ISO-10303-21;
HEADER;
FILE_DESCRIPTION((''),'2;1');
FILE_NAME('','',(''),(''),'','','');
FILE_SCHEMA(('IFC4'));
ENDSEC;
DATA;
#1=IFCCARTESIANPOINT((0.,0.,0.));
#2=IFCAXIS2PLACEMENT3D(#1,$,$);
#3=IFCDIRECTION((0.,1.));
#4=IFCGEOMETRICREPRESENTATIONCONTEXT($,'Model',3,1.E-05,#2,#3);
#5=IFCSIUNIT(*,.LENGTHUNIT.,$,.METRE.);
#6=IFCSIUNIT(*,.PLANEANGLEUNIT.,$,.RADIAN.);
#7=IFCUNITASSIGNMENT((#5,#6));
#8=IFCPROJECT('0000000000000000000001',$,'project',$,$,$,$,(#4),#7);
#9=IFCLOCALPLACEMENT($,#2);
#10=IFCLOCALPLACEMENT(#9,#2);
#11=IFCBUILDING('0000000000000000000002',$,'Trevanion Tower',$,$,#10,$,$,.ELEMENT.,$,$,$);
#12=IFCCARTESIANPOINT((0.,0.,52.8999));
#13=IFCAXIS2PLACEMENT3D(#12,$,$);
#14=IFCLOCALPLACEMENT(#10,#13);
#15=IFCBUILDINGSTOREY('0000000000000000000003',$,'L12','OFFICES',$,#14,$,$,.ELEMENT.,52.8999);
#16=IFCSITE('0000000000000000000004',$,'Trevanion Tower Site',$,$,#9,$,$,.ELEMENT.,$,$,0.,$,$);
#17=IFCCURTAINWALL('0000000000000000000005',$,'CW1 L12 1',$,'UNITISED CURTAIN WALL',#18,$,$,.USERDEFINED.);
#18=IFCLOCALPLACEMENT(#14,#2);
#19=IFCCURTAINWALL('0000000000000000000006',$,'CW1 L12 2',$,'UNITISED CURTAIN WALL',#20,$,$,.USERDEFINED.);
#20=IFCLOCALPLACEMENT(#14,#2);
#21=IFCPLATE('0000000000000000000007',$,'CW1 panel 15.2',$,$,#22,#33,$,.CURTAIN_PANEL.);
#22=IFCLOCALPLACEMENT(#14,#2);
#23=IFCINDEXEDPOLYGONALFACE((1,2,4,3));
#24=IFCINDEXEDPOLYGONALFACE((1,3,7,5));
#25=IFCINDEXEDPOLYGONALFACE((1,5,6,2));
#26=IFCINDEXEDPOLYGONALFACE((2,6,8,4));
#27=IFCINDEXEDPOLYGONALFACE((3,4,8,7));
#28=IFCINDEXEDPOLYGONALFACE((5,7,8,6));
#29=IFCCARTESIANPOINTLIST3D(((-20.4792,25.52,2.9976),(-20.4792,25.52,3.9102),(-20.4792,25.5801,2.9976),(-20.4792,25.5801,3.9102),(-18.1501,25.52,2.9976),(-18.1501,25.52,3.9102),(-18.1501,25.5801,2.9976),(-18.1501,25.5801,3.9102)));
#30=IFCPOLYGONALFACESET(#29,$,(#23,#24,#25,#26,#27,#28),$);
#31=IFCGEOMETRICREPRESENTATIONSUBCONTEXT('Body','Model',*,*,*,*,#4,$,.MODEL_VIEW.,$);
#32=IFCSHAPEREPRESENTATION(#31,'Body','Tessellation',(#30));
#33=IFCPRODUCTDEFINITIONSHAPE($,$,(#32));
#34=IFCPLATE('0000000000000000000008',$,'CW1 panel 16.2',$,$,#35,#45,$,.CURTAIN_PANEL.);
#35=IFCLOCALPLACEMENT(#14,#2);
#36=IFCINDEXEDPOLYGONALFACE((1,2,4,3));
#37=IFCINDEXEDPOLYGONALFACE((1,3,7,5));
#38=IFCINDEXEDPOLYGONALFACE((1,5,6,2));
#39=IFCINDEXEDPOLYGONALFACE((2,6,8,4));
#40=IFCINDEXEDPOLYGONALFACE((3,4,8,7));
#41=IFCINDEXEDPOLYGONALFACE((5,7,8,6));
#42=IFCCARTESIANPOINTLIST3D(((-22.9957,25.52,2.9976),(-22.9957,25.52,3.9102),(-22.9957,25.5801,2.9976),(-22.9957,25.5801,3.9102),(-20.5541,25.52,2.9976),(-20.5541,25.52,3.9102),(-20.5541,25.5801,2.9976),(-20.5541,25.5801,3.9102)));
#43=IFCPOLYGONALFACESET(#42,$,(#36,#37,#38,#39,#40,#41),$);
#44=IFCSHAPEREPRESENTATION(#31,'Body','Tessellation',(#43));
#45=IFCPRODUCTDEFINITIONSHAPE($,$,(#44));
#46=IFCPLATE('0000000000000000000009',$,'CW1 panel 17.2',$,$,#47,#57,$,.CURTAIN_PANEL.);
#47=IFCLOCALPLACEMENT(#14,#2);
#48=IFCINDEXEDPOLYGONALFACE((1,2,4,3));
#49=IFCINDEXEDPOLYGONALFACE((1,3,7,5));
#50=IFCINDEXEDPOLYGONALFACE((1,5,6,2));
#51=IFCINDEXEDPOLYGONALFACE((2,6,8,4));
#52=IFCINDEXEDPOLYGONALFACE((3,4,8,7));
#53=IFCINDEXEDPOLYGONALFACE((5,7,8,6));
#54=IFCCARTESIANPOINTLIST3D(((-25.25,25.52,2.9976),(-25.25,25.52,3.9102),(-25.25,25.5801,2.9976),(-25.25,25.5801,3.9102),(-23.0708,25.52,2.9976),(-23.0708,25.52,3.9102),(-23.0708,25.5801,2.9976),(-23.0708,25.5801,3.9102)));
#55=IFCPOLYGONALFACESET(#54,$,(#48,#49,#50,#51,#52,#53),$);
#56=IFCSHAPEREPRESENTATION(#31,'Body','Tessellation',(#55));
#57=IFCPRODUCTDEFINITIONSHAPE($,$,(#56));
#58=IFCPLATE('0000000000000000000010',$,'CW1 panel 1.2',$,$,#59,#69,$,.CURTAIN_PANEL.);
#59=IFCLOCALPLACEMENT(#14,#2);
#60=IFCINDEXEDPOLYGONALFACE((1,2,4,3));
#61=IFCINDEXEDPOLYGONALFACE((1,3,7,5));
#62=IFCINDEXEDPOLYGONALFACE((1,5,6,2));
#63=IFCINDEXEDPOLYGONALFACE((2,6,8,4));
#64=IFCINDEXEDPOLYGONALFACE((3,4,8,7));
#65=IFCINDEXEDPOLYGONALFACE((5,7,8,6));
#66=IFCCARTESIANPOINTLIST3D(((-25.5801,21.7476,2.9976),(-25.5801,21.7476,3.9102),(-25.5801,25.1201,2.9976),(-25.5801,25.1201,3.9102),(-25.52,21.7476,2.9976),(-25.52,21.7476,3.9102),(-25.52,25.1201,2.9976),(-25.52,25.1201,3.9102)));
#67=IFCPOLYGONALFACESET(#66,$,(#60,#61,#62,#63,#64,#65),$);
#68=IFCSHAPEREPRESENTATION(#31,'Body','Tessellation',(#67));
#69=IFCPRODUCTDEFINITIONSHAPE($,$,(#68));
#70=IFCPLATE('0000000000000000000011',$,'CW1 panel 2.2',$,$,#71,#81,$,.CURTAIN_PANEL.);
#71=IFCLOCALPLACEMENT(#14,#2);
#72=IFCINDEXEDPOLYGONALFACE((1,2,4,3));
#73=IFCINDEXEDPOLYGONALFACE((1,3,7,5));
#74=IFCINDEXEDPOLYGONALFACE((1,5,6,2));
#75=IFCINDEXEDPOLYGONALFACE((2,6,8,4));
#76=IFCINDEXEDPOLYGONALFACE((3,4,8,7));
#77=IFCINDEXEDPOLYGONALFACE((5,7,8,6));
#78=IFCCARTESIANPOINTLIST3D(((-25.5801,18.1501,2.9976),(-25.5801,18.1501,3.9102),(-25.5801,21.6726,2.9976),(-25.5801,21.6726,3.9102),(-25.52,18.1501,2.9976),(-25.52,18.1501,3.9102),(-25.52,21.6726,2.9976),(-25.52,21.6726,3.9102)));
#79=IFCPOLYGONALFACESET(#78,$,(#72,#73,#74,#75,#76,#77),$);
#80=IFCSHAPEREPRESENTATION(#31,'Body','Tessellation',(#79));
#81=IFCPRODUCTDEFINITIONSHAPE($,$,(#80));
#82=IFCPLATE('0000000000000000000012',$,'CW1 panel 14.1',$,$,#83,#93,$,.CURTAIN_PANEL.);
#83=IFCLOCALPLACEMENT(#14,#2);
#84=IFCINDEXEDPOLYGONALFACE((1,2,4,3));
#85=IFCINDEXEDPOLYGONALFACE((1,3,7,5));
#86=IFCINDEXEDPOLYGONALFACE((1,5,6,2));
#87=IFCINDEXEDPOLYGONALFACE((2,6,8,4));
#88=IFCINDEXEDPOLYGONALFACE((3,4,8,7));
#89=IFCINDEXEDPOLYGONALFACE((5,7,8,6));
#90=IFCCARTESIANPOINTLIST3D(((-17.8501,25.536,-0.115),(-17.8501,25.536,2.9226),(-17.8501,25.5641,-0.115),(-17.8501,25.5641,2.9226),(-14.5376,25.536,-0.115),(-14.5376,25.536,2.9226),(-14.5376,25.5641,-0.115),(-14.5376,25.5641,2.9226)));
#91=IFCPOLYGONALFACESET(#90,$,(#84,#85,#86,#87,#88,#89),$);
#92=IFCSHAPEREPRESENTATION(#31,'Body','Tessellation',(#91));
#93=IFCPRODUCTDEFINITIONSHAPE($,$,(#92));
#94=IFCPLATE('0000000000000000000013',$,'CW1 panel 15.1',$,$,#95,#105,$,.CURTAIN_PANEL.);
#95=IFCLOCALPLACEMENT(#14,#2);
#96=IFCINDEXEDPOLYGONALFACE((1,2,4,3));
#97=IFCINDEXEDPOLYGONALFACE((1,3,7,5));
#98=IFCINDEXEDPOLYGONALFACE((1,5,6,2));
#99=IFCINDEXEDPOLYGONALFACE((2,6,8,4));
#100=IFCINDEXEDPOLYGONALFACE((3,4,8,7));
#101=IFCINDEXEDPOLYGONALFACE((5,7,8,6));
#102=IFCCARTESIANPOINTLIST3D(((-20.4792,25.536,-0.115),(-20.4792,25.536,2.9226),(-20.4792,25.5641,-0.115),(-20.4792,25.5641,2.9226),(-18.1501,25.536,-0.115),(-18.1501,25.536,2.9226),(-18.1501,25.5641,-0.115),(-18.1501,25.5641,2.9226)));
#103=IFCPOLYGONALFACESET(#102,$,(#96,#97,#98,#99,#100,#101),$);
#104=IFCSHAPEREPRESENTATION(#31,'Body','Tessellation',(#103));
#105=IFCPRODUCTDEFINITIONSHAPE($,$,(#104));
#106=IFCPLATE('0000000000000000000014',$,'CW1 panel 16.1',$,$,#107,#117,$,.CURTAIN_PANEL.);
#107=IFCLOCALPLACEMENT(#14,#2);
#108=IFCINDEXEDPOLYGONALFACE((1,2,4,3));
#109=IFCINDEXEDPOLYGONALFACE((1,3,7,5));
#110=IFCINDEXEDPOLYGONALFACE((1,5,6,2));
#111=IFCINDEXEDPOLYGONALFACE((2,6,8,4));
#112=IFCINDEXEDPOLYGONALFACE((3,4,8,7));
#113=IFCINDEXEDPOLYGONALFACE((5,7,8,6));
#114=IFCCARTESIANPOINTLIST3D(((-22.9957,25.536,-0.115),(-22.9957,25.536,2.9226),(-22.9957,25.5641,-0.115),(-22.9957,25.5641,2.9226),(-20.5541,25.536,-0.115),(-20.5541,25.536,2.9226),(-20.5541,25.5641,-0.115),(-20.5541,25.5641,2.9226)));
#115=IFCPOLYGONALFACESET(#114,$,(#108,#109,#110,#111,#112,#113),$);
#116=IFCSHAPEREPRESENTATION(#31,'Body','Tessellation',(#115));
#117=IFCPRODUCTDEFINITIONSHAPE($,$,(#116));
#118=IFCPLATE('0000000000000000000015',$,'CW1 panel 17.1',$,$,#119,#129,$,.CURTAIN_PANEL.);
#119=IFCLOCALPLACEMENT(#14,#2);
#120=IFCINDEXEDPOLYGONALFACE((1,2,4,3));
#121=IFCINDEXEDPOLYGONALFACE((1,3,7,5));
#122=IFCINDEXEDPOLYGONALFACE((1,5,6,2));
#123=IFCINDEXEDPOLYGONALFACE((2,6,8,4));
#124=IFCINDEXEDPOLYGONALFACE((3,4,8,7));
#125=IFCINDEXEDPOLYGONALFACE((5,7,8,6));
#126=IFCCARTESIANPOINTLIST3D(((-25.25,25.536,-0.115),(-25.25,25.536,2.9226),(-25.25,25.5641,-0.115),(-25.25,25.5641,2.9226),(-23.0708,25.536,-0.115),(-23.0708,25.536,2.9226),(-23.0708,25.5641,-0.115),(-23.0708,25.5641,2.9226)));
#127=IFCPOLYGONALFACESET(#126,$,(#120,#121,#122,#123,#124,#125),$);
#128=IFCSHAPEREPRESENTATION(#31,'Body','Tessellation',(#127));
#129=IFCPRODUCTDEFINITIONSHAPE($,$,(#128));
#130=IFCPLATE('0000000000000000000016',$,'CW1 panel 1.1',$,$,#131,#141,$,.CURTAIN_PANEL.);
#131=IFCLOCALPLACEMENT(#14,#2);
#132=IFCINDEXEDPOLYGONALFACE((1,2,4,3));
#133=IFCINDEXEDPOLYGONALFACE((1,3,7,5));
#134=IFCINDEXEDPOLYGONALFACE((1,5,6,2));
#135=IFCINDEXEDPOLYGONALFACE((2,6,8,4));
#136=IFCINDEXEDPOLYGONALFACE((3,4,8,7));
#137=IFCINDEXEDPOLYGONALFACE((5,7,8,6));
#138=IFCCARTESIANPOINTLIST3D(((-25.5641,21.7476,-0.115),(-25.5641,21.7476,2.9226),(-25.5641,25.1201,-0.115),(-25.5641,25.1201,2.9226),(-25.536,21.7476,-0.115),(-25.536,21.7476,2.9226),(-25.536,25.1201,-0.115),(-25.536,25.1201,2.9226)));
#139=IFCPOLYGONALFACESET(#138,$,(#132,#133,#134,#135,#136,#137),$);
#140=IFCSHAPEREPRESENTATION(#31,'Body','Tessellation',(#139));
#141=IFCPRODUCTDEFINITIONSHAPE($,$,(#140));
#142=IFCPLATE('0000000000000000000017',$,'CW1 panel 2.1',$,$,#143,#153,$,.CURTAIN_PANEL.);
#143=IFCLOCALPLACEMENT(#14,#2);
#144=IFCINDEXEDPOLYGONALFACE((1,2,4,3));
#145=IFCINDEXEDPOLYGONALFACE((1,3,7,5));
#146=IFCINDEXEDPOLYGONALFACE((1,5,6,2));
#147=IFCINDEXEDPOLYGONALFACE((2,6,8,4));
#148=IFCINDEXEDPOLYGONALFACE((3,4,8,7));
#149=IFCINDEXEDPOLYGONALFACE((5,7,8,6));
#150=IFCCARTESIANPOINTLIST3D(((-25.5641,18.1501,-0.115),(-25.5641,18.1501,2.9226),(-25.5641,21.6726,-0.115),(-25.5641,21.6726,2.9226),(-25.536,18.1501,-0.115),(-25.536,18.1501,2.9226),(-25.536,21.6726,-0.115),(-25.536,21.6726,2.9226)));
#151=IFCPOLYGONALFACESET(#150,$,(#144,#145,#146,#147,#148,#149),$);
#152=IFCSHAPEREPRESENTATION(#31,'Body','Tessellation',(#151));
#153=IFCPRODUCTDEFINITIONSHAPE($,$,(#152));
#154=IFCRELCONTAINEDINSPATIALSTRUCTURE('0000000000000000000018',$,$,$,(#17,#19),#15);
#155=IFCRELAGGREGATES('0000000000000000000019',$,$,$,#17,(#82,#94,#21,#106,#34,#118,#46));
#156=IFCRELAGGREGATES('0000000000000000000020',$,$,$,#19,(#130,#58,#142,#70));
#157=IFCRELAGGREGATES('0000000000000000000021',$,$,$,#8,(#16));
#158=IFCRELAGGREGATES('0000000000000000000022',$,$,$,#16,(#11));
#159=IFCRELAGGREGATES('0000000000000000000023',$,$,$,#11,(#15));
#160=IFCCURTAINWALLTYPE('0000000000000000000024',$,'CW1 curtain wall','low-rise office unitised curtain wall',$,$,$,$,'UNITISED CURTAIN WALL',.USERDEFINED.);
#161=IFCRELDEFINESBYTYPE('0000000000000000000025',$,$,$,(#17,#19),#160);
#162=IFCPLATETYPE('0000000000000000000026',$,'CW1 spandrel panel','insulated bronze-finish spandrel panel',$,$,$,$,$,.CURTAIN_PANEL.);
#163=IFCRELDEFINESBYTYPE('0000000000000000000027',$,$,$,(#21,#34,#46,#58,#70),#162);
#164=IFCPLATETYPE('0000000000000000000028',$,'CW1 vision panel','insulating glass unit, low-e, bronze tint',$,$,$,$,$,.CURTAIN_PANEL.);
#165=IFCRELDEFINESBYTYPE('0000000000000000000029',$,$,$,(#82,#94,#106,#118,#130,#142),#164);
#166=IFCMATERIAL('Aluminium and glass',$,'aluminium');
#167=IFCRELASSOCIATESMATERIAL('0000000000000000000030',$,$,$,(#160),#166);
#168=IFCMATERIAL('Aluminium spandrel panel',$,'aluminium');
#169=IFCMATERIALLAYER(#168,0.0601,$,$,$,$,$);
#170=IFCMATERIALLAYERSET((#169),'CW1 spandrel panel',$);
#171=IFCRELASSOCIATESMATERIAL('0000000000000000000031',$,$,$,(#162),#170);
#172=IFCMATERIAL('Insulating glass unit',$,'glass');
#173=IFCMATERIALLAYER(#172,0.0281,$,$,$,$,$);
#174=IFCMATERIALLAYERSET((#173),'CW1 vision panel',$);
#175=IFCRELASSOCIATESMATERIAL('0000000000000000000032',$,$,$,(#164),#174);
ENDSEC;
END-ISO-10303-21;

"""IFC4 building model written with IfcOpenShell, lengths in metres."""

from ifc_helpers import new_model, si_unit, direction, frame, origin, origin_2d, place, context, subcontext, project, spatial, rectangle, extrude, material, layer, layer_set, type_object, element, aggregate, save


model = new_model("IFC4")

# Units and contexts
model_context = context("Model", 3, precision=1e-05, world=origin(), true_north=direction((0.0, 1.0)))
body_context = subcontext(model_context, "Body", "Model", "MODEL_VIEW")
ifc_project = project(units=[si_unit("LENGTHUNIT", "METRE"), si_unit("PLANEANGLEUNIT", "RADIAN")], contexts=[model_context])

# Site, building, storey
site_placement = place(None, origin())
site = spatial("IfcSite", under=ifc_project, at=site_placement, Name="Trevanion Tower Site", CompositionType="ELEMENT", RefElevation=0.0)
building_placement = place(site_placement, origin())
building = spatial("IfcBuilding", under=site, at=building_placement, Name="Trevanion Tower", CompositionType="ELEMENT")
storey_placement = place(building_placement, frame((0.0, 0.0, 52.8999)))
storey = spatial("IfcBuildingStorey", under=building, at=storey_placement, Name="L12", Description="OFFICES", CompositionType="ELEMENT", Elevation=52.8999)

# Curtain wall
ifc_material_1 = material(Name="Aluminium and glass", Category="aluminium")
curtain_wall_type = type_object("IfcCurtainWallType", Name="CW1 curtain wall", Description="low-rise office unitised curtain wall", ElementType="UNITISED CURTAIN WALL", PredefinedType="USERDEFINED", material=ifc_material_1)
curtain_wall_1_placement = place(storey_placement, origin())
curtain_wall_1 = element("IfcCurtainWall", 1, at=curtain_wall_1_placement, inside=storey, type_object=curtain_wall_type, Name="CW1 L12 1", ObjectType="UNITISED CURTAIN WALL", PredefinedType="USERDEFINED")

# Curtain wall
curtain_wall_2_placement = place(storey_placement, origin())
curtain_wall_2 = element("IfcCurtainWall", 2, at=curtain_wall_2_placement, inside=storey, type_object=curtain_wall_type, Name="CW1 L12 2", ObjectType="UNITISED CURTAIN WALL", PredefinedType="USERDEFINED")

# Plates
ifc_material_2 = material(Name="Aluminium spandrel panel", Category="aluminium")
ifc_layer_1 = layer(ifc_material_2, 0.0601)
ifc_layer_set_1 = layer_set([ifc_layer_1], Name="CW1 spandrel panel")
plate_type_1 = type_object("IfcPlateType", Name="CW1 spandrel panel", Description="insulated bronze-finish spandrel panel", PredefinedType="CURTAIN_PANEL", material=ifc_layer_set_1)
plate_1_placement = place(storey_placement, frame((-19.3147, 25.55, 2.9976), z_axis=(0.0, 0.0, 1.0), x_axis=(-1.0, 0.0, 0.0)))
plate_1 = element("IfcPlate", 3, at=plate_1_placement, type_object=plate_type_1, Name="CW1 panel 15.2", PredefinedType="CURTAIN_PANEL", context=body_context, shape_type="SweptSolid", body=[
    extrude(rectangle(XDim=2.3291, YDim=0.0601, at=origin_2d()), origin(), (0.0, 0.0, 1.0), 0.9126),
])
plate_2_placement = place(storey_placement, frame((-21.7749, 25.55, 2.9976), z_axis=(0.0, 0.0, 1.0), x_axis=(-1.0, 0.0, 0.0)))
plate_2 = element("IfcPlate", 4, at=plate_2_placement, type_object=plate_type_1, Name="CW1 panel 16.2", PredefinedType="CURTAIN_PANEL", context=body_context, shape_type="SweptSolid", body=[
    extrude(rectangle(XDim=2.4417, YDim=0.0601, at=origin_2d()), origin(), (0.0, 0.0, 1.0), 0.9126),
])
plate_3_placement = place(storey_placement, frame((-24.1604, 25.55, 2.9976), z_axis=(0.0, 0.0, 1.0), x_axis=(-1.0, 0.0, 0.0)))
plate_3 = element("IfcPlate", 5, at=plate_3_placement, type_object=plate_type_1, Name="CW1 panel 17.2", PredefinedType="CURTAIN_PANEL", context=body_context, shape_type="SweptSolid", body=[
    extrude(rectangle(XDim=2.1792, YDim=0.0601, at=origin_2d()), origin(), (0.0, 0.0, 1.0), 0.9126),
])
plate_4_placement = place(storey_placement, frame((-25.55, 23.4338, 2.9976), z_axis=(0.0, 0.0, 1.0), x_axis=(0.0, -1.0, 0.0)))
plate_4 = element("IfcPlate", 6, at=plate_4_placement, type_object=plate_type_1, Name="CW1 panel 1.2", PredefinedType="CURTAIN_PANEL", context=body_context, shape_type="SweptSolid", body=[
    extrude(rectangle(XDim=3.3726, YDim=0.0601, at=origin_2d()), origin(), (0.0, 0.0, 1.0), 0.9126),
])
plate_5_placement = place(storey_placement, frame((-25.55, 19.9114, 2.9976), z_axis=(0.0, 0.0, 1.0), x_axis=(0.0, -1.0, 0.0)))
plate_5 = element("IfcPlate", 7, at=plate_5_placement, type_object=plate_type_1, Name="CW1 panel 2.2", PredefinedType="CURTAIN_PANEL", context=body_context, shape_type="SweptSolid", body=[
    extrude(rectangle(XDim=3.5225, YDim=0.0601, at=origin_2d()), origin(), (0.0, 0.0, 1.0), 0.9126),
])
ifc_material_3 = material(Name="Insulating glass unit", Category="glass")
ifc_layer_2 = layer(ifc_material_3, 0.0281)
ifc_layer_set_2 = layer_set([ifc_layer_2], Name="CW1 vision panel")
plate_type_2 = type_object("IfcPlateType", Name="CW1 vision panel", Description="insulating glass unit, low-e, bronze tint", PredefinedType="CURTAIN_PANEL", material=ifc_layer_set_2)
plate_6_placement = place(storey_placement, frame((-16.1938, 25.55, -0.115), z_axis=(0.0, 0.0, 1.0), x_axis=(-1.0, 0.0, 0.0)))
plate_6 = element("IfcPlate", 8, at=plate_6_placement, type_object=plate_type_2, Name="CW1 panel 14.1", PredefinedType="CURTAIN_PANEL", context=body_context, shape_type="SweptSolid", body=[
    extrude(rectangle(XDim=3.3125, YDim=0.0281, at=origin_2d()), origin(), (0.0, 0.0, 1.0), 3.0376),
])
plate_7_placement = place(storey_placement, frame((-19.3147, 25.55, -0.115), z_axis=(0.0, 0.0, 1.0), x_axis=(-1.0, 0.0, 0.0)))
plate_7 = element("IfcPlate", 9, at=plate_7_placement, type_object=plate_type_2, Name="CW1 panel 15.1", PredefinedType="CURTAIN_PANEL", context=body_context, shape_type="SweptSolid", body=[
    extrude(rectangle(XDim=2.3291, YDim=0.0281, at=origin_2d()), origin(), (0.0, 0.0, 1.0), 3.0376),
])
plate_8_placement = place(storey_placement, frame((-21.7749, 25.55, -0.115), z_axis=(0.0, 0.0, 1.0), x_axis=(-1.0, 0.0, 0.0)))
plate_8 = element("IfcPlate", 10, at=plate_8_placement, type_object=plate_type_2, Name="CW1 panel 16.1", PredefinedType="CURTAIN_PANEL", context=body_context, shape_type="SweptSolid", body=[
    extrude(rectangle(XDim=2.4417, YDim=0.0281, at=origin_2d()), origin(), (0.0, 0.0, 1.0), 3.0376),
])
plate_9_placement = place(storey_placement, frame((-24.1604, 25.55, -0.115), z_axis=(0.0, 0.0, 1.0), x_axis=(-1.0, 0.0, 0.0)))
plate_9 = element("IfcPlate", 11, at=plate_9_placement, type_object=plate_type_2, Name="CW1 panel 17.1", PredefinedType="CURTAIN_PANEL", context=body_context, shape_type="SweptSolid", body=[
    extrude(rectangle(XDim=2.1792, YDim=0.0281, at=origin_2d()), origin(), (0.0, 0.0, 1.0), 3.0376),
])
aggregate(curtain_wall_1, [plate_6, plate_7, plate_1, plate_8, plate_2, plate_9, plate_3])
plate_10_placement = place(storey_placement, frame((-25.55, 23.4338, -0.115), z_axis=(0.0, 0.0, 1.0), x_axis=(0.0, -1.0, 0.0)))
plate_10 = element("IfcPlate", 12, at=plate_10_placement, type_object=plate_type_2, Name="CW1 panel 1.1", PredefinedType="CURTAIN_PANEL", context=body_context, shape_type="SweptSolid", body=[
    extrude(rectangle(XDim=3.3726, YDim=0.0281, at=origin_2d()), origin(), (0.0, 0.0, 1.0), 3.0376),
])
plate_11_placement = place(storey_placement, frame((-25.55, 19.9114, -0.115), z_axis=(0.0, 0.0, 1.0), x_axis=(0.0, -1.0, 0.0)))
plate_11 = element("IfcPlate", 13, at=plate_11_placement, type_object=plate_type_2, Name="CW1 panel 2.1", PredefinedType="CURTAIN_PANEL", context=body_context, shape_type="SweptSolid", body=[
    extrude(rectangle(XDim=3.5225, YDim=0.0281, at=origin_2d()), origin(), (0.0, 0.0, 1.0), 3.0376),
])
aggregate(curtain_wall_2, [plate_10, plate_4, plate_11, plate_5])

save(model, "model.ifc")
